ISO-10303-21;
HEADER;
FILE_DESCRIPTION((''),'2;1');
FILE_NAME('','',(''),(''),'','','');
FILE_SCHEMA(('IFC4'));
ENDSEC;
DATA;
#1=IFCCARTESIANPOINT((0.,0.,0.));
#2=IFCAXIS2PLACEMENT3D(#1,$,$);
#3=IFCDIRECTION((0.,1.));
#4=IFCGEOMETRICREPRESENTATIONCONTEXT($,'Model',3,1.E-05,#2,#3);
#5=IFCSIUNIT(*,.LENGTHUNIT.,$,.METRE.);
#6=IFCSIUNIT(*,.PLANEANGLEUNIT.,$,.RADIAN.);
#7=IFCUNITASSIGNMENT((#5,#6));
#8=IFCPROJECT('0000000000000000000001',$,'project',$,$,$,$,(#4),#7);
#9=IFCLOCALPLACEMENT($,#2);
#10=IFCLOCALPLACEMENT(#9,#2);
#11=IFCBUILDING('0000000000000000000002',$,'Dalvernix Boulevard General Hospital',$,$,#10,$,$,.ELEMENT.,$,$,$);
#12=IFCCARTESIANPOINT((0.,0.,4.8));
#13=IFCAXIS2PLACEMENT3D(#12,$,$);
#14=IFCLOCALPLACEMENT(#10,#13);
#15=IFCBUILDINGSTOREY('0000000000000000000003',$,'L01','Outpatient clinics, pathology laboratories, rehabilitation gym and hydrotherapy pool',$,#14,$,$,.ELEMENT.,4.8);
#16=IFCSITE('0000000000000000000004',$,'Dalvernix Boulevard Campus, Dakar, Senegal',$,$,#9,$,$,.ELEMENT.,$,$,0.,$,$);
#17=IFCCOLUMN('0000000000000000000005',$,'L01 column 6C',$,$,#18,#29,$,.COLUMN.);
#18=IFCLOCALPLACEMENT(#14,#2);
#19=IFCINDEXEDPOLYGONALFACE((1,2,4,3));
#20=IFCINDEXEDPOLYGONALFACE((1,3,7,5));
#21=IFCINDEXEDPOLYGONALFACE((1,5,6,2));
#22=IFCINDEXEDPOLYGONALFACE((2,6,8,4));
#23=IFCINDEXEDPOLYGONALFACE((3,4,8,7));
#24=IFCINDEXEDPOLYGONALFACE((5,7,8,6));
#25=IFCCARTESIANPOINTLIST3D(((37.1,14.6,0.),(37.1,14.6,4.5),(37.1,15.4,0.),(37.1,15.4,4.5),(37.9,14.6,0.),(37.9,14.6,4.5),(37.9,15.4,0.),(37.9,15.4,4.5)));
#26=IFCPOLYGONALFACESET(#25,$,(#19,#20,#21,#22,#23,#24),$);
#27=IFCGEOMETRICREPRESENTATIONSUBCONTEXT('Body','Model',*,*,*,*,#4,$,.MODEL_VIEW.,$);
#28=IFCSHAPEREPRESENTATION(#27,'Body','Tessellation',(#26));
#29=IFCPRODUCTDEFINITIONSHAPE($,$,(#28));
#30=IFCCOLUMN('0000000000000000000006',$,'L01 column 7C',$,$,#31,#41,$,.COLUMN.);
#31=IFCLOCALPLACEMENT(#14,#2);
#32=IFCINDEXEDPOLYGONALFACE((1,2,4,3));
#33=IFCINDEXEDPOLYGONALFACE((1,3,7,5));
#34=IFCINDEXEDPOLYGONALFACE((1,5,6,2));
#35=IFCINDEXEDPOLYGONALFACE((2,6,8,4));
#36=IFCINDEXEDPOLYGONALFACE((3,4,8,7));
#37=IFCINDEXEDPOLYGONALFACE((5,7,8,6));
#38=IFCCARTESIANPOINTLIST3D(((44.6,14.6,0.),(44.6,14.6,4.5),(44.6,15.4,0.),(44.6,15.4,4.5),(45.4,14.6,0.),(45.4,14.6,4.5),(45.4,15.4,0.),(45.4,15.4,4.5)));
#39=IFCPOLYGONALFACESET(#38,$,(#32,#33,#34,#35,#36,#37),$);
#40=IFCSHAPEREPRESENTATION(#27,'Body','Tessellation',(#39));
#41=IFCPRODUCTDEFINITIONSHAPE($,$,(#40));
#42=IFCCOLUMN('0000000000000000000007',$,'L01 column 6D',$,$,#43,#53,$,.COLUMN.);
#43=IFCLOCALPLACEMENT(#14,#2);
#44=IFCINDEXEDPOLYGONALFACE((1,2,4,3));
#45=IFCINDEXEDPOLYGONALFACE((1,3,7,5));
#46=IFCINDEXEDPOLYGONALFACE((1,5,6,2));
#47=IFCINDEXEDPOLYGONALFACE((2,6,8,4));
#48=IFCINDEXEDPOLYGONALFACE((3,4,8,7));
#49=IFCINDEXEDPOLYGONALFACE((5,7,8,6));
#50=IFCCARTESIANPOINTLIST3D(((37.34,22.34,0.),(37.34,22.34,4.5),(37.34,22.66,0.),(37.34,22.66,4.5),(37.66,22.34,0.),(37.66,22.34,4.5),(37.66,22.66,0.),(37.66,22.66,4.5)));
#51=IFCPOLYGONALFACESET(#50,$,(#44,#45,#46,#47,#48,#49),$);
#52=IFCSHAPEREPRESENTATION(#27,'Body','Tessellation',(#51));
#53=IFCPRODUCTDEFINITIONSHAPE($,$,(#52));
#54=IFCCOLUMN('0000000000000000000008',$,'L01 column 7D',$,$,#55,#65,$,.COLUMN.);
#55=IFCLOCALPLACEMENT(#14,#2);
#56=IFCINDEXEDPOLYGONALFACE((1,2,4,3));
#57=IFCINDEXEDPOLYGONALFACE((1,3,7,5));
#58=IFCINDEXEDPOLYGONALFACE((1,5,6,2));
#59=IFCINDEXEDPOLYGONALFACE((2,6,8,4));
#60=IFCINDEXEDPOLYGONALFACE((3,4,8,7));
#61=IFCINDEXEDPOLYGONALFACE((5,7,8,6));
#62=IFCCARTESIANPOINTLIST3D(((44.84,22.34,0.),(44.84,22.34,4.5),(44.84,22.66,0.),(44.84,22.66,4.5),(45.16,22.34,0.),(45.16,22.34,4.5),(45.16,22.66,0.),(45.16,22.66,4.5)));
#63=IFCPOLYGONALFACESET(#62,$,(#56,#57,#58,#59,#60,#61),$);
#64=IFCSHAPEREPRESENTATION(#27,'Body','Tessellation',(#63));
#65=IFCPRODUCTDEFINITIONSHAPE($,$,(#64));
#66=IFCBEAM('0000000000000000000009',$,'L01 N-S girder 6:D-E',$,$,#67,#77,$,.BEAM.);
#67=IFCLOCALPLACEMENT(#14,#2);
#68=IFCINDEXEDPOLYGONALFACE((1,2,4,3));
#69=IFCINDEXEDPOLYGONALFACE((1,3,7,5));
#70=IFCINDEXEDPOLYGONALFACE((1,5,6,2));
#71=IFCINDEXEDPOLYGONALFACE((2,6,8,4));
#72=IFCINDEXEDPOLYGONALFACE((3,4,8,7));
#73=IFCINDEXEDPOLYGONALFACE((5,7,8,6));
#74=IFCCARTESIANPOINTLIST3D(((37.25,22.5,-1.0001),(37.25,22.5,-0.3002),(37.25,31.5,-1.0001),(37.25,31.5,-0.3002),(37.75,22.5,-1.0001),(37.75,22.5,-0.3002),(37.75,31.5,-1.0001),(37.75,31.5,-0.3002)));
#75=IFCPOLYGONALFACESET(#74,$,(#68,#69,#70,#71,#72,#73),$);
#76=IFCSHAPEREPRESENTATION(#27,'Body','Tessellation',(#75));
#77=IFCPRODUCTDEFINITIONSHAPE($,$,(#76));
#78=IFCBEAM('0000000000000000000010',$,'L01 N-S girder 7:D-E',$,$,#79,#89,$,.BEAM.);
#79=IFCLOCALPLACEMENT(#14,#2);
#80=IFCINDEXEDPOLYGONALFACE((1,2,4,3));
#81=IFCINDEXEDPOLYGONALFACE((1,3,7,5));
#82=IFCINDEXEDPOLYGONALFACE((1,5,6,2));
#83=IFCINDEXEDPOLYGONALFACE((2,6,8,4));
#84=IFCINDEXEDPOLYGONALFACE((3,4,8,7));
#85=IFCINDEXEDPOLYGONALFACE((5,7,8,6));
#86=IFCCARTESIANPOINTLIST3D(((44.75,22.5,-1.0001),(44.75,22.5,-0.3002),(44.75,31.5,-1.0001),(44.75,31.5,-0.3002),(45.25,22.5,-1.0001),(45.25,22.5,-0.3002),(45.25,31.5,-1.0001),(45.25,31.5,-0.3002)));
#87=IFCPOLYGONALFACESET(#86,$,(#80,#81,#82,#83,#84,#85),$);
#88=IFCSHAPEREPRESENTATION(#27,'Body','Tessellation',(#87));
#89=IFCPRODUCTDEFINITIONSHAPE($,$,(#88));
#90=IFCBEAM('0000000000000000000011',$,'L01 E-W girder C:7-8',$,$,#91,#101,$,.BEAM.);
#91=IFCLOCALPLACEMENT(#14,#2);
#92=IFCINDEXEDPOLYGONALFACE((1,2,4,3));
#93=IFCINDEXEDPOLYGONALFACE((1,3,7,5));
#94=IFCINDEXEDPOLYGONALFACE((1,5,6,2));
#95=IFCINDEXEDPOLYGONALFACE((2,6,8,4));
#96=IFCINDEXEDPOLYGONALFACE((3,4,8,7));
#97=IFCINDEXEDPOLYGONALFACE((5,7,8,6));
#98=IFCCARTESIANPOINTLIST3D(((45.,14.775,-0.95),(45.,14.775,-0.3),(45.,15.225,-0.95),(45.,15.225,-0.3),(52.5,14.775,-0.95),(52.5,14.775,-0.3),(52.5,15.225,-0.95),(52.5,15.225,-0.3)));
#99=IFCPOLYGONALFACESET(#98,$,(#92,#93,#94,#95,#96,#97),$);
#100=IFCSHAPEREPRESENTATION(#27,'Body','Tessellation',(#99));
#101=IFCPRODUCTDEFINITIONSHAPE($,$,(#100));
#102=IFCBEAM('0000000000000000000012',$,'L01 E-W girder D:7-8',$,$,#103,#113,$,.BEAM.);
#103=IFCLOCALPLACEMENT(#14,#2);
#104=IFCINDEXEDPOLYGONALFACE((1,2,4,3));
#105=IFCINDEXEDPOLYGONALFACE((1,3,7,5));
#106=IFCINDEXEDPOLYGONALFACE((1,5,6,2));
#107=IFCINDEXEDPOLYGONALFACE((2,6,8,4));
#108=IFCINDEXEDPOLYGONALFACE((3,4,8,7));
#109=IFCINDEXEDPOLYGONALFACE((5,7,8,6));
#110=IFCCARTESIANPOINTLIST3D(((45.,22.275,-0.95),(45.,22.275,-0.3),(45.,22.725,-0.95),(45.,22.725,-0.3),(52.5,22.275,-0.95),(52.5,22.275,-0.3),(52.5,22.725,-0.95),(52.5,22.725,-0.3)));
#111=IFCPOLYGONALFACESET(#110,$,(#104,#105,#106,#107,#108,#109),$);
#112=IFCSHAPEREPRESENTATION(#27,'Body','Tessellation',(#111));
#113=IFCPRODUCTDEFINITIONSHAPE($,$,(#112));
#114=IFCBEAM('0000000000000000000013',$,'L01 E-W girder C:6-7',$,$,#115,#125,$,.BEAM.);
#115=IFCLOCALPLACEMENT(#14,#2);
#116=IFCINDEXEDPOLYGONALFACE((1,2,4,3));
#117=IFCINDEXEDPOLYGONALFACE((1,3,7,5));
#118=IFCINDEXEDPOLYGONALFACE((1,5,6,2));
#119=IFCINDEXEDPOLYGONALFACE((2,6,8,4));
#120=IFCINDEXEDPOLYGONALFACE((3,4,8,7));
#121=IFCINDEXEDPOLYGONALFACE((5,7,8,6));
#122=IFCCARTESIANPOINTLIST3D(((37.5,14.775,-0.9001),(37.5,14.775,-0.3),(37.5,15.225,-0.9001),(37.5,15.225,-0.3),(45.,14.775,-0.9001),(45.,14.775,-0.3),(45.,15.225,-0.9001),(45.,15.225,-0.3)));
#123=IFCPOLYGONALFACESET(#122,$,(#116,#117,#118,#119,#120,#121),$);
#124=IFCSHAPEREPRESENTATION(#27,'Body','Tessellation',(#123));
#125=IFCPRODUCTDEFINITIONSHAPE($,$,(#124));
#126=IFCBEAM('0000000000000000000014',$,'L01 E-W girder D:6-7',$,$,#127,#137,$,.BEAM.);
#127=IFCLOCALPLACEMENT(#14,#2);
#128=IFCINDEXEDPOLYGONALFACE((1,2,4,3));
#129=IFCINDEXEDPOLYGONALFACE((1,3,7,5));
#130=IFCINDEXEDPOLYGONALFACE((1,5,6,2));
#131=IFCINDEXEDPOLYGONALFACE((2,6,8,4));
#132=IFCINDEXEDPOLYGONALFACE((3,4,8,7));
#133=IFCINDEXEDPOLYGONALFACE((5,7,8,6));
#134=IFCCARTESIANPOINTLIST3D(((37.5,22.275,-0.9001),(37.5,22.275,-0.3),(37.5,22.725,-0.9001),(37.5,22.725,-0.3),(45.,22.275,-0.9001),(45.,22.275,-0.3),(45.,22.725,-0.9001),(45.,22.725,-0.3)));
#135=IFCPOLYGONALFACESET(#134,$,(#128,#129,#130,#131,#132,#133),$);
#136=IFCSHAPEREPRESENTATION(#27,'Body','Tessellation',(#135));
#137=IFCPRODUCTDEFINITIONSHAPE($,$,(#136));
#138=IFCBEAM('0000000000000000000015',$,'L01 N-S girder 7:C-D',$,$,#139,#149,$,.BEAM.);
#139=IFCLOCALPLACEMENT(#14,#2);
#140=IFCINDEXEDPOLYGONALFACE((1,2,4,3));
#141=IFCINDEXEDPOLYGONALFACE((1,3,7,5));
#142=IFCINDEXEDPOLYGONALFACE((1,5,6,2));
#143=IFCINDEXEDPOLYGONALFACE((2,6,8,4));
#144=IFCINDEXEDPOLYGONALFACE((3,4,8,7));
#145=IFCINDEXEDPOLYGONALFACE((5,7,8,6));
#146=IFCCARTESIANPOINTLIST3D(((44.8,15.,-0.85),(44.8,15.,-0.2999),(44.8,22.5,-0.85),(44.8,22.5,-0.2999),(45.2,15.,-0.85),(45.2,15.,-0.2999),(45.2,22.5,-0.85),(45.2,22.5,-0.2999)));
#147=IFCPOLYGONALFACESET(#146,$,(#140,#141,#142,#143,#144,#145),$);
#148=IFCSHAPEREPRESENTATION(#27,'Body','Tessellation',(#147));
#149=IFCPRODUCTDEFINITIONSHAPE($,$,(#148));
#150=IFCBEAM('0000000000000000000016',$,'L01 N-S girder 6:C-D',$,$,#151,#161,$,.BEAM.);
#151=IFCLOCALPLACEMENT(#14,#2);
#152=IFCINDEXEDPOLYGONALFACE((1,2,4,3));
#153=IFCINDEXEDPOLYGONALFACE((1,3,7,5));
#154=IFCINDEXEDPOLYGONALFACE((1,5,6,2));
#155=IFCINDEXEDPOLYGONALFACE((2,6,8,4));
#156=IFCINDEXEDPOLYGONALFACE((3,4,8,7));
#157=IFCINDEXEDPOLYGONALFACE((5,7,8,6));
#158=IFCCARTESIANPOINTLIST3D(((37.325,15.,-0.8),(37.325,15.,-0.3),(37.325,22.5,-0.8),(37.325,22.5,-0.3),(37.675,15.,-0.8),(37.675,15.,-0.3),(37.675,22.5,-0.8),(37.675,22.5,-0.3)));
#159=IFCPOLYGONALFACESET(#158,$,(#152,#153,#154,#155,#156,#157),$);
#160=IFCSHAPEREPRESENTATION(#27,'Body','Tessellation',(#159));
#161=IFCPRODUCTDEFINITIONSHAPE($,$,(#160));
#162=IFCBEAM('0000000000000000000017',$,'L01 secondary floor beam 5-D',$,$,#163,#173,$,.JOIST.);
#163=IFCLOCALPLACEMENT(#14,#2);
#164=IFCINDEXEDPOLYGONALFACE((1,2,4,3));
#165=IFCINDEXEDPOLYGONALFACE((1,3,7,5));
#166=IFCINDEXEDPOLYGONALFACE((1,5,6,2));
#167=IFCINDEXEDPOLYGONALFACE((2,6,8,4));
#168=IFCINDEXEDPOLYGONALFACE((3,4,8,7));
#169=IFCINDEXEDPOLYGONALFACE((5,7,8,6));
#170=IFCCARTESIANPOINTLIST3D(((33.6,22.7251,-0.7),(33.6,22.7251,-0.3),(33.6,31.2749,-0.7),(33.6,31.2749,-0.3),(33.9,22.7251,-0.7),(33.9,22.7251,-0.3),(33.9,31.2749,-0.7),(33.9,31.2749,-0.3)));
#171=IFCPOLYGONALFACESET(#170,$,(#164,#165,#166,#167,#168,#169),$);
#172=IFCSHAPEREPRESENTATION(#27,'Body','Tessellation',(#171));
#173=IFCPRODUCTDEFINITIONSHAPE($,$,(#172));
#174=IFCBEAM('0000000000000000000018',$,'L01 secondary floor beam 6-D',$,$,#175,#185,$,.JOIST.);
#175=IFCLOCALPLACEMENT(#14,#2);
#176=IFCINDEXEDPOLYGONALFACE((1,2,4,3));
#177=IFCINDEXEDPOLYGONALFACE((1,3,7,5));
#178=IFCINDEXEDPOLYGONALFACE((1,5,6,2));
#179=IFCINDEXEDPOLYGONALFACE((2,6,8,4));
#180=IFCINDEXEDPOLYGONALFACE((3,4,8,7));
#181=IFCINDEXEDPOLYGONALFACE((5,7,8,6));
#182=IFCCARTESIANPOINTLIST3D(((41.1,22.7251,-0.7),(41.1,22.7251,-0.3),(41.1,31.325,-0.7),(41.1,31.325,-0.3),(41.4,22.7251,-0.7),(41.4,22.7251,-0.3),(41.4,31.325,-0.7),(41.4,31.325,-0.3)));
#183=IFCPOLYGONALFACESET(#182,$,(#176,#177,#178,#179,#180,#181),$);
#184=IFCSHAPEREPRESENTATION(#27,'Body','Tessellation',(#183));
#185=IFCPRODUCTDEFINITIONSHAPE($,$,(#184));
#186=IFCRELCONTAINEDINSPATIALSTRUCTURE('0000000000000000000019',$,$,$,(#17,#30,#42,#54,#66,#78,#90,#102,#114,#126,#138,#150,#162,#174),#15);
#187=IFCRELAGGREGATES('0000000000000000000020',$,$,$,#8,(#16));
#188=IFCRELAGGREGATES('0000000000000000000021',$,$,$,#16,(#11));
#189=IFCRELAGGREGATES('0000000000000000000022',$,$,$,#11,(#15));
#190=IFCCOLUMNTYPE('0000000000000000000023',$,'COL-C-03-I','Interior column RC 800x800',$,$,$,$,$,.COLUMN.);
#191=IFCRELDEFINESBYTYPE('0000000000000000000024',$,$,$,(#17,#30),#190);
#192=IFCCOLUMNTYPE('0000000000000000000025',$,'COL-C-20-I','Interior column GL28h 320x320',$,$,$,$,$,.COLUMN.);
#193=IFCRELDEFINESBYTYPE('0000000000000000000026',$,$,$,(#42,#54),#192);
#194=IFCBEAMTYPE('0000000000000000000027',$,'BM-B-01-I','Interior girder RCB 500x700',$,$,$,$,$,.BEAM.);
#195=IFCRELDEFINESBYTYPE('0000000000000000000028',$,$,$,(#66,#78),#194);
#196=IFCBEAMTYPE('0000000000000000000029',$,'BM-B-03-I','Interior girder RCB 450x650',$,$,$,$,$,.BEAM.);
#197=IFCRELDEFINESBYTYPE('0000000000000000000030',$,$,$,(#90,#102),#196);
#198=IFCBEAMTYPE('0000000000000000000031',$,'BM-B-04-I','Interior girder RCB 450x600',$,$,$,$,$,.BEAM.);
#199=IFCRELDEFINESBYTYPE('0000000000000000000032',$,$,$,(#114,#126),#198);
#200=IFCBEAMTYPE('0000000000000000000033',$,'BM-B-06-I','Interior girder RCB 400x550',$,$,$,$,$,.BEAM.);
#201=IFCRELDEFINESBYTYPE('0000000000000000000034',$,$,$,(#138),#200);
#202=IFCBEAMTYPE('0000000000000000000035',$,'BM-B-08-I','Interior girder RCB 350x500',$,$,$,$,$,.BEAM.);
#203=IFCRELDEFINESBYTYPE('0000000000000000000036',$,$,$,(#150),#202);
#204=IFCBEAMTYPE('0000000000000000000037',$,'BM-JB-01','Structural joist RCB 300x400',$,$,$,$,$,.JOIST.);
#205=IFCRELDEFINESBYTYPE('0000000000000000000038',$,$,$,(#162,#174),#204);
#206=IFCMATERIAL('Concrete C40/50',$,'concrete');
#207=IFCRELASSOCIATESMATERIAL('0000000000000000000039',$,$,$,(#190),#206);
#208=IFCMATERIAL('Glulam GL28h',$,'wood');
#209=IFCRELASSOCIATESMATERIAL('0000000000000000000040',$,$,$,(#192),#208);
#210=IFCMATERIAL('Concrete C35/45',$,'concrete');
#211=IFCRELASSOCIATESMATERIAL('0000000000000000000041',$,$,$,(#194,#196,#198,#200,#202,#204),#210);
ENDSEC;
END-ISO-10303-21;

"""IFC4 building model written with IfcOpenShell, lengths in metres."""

from ifc_helpers import new_model, si_unit, direction, frame, origin, origin_2d, place, context, subcontext, project, spatial, rectangle, extrude, material, material_profile, profile_set, type_object, element, save


model = new_model("IFC4")

# Units and contexts
model_context = context("Model", 3, precision=1e-05, world=origin(), true_north=direction((0.0, 1.0)))
body_context = subcontext(model_context, "Body", "Model", "MODEL_VIEW")
ifc_project = project(units=[si_unit("LENGTHUNIT", "METRE"), si_unit("PLANEANGLEUNIT", "RADIAN")], contexts=[model_context])

# Site, building, storey
site_placement = place(None, origin())
site = spatial("IfcSite", under=ifc_project, at=site_placement, Name="Dalvernix Boulevard Campus, Dakar, Senegal", CompositionType="ELEMENT", RefElevation=0.0)
building_placement = place(site_placement, origin())
building = spatial("IfcBuilding", under=site, at=building_placement, Name="Dalvernix Boulevard General Hospital", CompositionType="ELEMENT")
storey_placement = place(building_placement, frame((0.0, 0.0, 4.8)))
storey = spatial("IfcBuildingStorey", under=building, at=storey_placement, Name="L01", Description="Outpatient clinics, pathology laboratories, rehabilitation gym and hydrotherapy pool", CompositionType="ELEMENT", Elevation=4.8)

# Columns
ifc_material_1 = material(Name="Concrete C40/50", Category="concrete")
ifc_material_profile_1 = material_profile(ifc_material_1, rectangle(XDim=0.8, YDim=0.8, at=origin_2d()), Name="RC 800x800")
ifc_profile_set_1 = profile_set([ifc_material_profile_1], Name="Concrete C40/50")
column_type_1 = type_object("IfcColumnType", Name="COL-C-03-I", Description="Interior column RC 800x800", PredefinedType="COLUMN", material=ifc_profile_set_1)
for number, where, z_axis, x_axis, name in (
    (1, (37.5, 15.0, 0.0), (0.0, 0.0, 1.0), (1.0, 0.0, 0.0), "L01 column 6C"),
    (2, (45.0, 15.0, 0.0), (0.0, 0.0, 1.0), (1.0, 0.0, 0.0), "L01 column 7C"),
):
    element("IfcColumn", number, at=place(storey_placement, frame(where, z_axis=z_axis, x_axis=x_axis)), inside=storey, type_object=column_type_1, Name=name, PredefinedType="COLUMN", context=body_context, shape_type="SweptSolid", body=[
        extrude(rectangle(XDim=0.8, YDim=0.8, at=origin_2d()), origin(), (0.0, 0.0, 1.0), 4.5),
    ])
ifc_material_2 = material(Name="Glulam GL28h", Category="wood")
ifc_material_profile_2 = material_profile(ifc_material_2, rectangle(XDim=0.3201, YDim=0.3201, at=origin_2d()), Name="GL28h 320x320")
ifc_profile_set_2 = profile_set([ifc_material_profile_2], Name="Glulam GL28h")
column_type_2 = type_object("IfcColumnType", Name="COL-C-20-I", Description="Interior column GL28h 320x320", PredefinedType="COLUMN", material=ifc_profile_set_2)
for number, where, z_axis, x_axis, name in (
    (3, (37.5, 22.5, 0.0), (0.0, 0.0, 1.0), (1.0, 0.0, 0.0), "L01 column 6D"),
    (4, (45.0, 22.5, 0.0), (0.0, 0.0, 1.0), (1.0, 0.0, 0.0), "L01 column 7D"),
):
    element("IfcColumn", number, at=place(storey_placement, frame(where, z_axis=z_axis, x_axis=x_axis)), inside=storey, type_object=column_type_2, Name=name, PredefinedType="COLUMN", context=body_context, shape_type="SweptSolid", body=[
        extrude(rectangle(XDim=0.3201, YDim=0.3201, at=origin_2d()), origin(), (0.0, 0.0, 1.0), 4.5),
    ])

# Beams
ifc_material_3 = material(Name="Concrete C35/45", Category="concrete")
ifc_material_profile_3 = material_profile(ifc_material_3, rectangle(XDim=0.5, YDim=0.7, at=origin_2d()), Name="RCB 500x700")
ifc_profile_set_3 = profile_set([ifc_material_profile_3], Name="Concrete C35/45")
beam_type_1 = type_object("IfcBeamType", Name="BM-B-01-I", Description="Interior girder RCB 500x700", PredefinedType="BEAM", material=ifc_profile_set_3)
for number, where, z_axis, x_axis, name in (
    (5, (37.5, 22.5, -0.6501), (0.0, 1.0, 0.0), (-1.0, 0.0, 0.0), "L01 N-S girder 6:D-E"),
    (6, (45.0, 22.5, -0.6501), (0.0, 1.0, 0.0), (-1.0, 0.0, 0.0), "L01 N-S girder 7:D-E"),
):
    element("IfcBeam", number, at=place(storey_placement, frame(where, z_axis=z_axis, x_axis=x_axis)), inside=storey, type_object=beam_type_1, Name=name, PredefinedType="BEAM", context=body_context, shape_type="SweptSolid", body=[
        extrude(rectangle(XDim=0.5, YDim=0.7, at=origin_2d()), origin(), (0.0, 0.0, 1.0), 9.0),
    ])
ifc_material_profile_4 = material_profile(ifc_material_3, rectangle(XDim=0.45, YDim=0.6499, at=origin_2d()), Name="RCB 450x650")
ifc_profile_set_4 = profile_set([ifc_material_profile_4], Name="Concrete C35/45")
beam_type_2 = type_object("IfcBeamType", Name="BM-B-03-I", Description="Interior girder RCB 450x650", PredefinedType="BEAM", material=ifc_profile_set_4)
for number, where, z_axis, x_axis, name in (
    (7, (45.0, 15.0, -0.625), (1.0, 0.0, 0.0), (0.0, 1.0, 0.0), "L01 E-W girder C:7-8"),
    (8, (45.0, 22.5, -0.625), (1.0, 0.0, 0.0), (0.0, 1.0, 0.0), "L01 E-W girder D:7-8"),
):
    element("IfcBeam", number, at=place(storey_placement, frame(where, z_axis=z_axis, x_axis=x_axis)), inside=storey, type_object=beam_type_2, Name=name, PredefinedType="BEAM", context=body_context, shape_type="SweptSolid", body=[
        extrude(rectangle(XDim=0.45, YDim=0.6499, at=origin_2d()), origin(), (0.0, 0.0, 1.0), 7.5),
    ])
ifc_material_profile_5 = material_profile(ifc_material_3, rectangle(XDim=0.45, YDim=0.6001, at=origin_2d()), Name="RCB 450x600")
ifc_profile_set_5 = profile_set([ifc_material_profile_5], Name="Concrete C35/45")
beam_type_3 = type_object("IfcBeamType", Name="BM-B-04-I", Description="Interior girder RCB 450x600", PredefinedType="BEAM", material=ifc_profile_set_5)
for number, where, z_axis, x_axis, name in (
    (9, (37.5, 15.0, -0.6001), (1.0, 0.0, 0.0), (0.0, 1.0, 0.0), "L01 E-W girder C:6-7"),
    (10, (37.5, 22.5, -0.6001), (1.0, 0.0, 0.0), (0.0, 1.0, 0.0), "L01 E-W girder D:6-7"),
):
    element("IfcBeam", number, at=place(storey_placement, frame(where, z_axis=z_axis, x_axis=x_axis)), inside=storey, type_object=beam_type_3, Name=name, PredefinedType="BEAM", context=body_context, shape_type="SweptSolid", body=[
        extrude(rectangle(XDim=0.45, YDim=0.6001, at=origin_2d()), origin(), (0.0, 0.0, 1.0), 7.5),
    ])
ifc_material_profile_6 = material_profile(ifc_material_3, rectangle(XDim=0.3999, YDim=0.55, at=origin_2d()), Name="RCB 400x550")
ifc_profile_set_6 = profile_set([ifc_material_profile_6], Name="Concrete C35/45")
beam_type_4 = type_object("IfcBeamType", Name="BM-B-06-I", Description="Interior girder RCB 400x550", PredefinedType="BEAM", material=ifc_profile_set_6)
beam_1_placement = place(storey_placement, frame((45.0, 15.0, -0.575), z_axis=(0.0, 1.0, 0.0), x_axis=(-1.0, 0.0, 0.0)))
element("IfcBeam", 11, at=beam_1_placement, inside=storey, type_object=beam_type_4, Name="L01 N-S girder 7:C-D", PredefinedType="BEAM", context=body_context, shape_type="SweptSolid", body=[
    extrude(rectangle(XDim=0.3999, YDim=0.55, at=origin_2d()), origin(), (0.0, 0.0, 1.0), 7.5),
])
ifc_material_profile_7 = material_profile(ifc_material_3, rectangle(XDim=0.3501, YDim=0.5, at=origin_2d()), Name="RCB 350x500")
ifc_profile_set_7 = profile_set([ifc_material_profile_7], Name="Concrete C35/45")
beam_type_5 = type_object("IfcBeamType", Name="BM-B-08-I", Description="Interior girder RCB 350x500", PredefinedType="BEAM", material=ifc_profile_set_7)
beam_2_placement = place(storey_placement, frame((37.5, 15.0, -0.55), z_axis=(0.0, 1.0, 0.0), x_axis=(-1.0, 0.0, 0.0)))
element("IfcBeam", 12, at=beam_2_placement, inside=storey, type_object=beam_type_5, Name="L01 N-S girder 6:C-D", PredefinedType="BEAM", context=body_context, shape_type="SweptSolid", body=[
    extrude(rectangle(XDim=0.3501, YDim=0.5, at=origin_2d()), origin(), (0.0, 0.0, 1.0), 7.5),
])
ifc_material_profile_8 = material_profile(ifc_material_3, rectangle(XDim=0.3, YDim=0.3999, at=origin_2d()), Name="RCB 300x400")
ifc_profile_set_8 = profile_set([ifc_material_profile_8], Name="Concrete C35/45")
beam_type_6 = type_object("IfcBeamType", Name="BM-JB-01", Description="Structural joist RCB 300x400", PredefinedType="JOIST", material=ifc_profile_set_8)
beam_3_placement = place(storey_placement, frame((33.75, 22.7251, -0.5), z_axis=(0.0, 1.0, 0.0), x_axis=(-1.0, 0.0, 0.0)))
element("IfcBeam", 13, at=beam_3_placement, inside=storey, type_object=beam_type_6, Name="L01 secondary floor beam 5-D", PredefinedType="JOIST", context=body_context, shape_type="SweptSolid", body=[
    extrude(rectangle(XDim=0.3, YDim=0.3999, at=origin_2d()), origin(), (0.0, 0.0, 1.0), 8.5498),
])
beam_4_placement = place(storey_placement, frame((41.25, 22.7251, -0.5), z_axis=(0.0, 1.0, 0.0), x_axis=(-1.0, 0.0, 0.0)))
element("IfcBeam", 14, at=beam_4_placement, inside=storey, type_object=beam_type_6, Name="L01 secondary floor beam 6-D", PredefinedType="JOIST", context=body_context, shape_type="SweptSolid", body=[
    extrude(rectangle(XDim=0.3, YDim=0.3999, at=origin_2d()), origin(), (0.0, 0.0, 1.0), 8.5999),
])

save(model, "model.ifc")
